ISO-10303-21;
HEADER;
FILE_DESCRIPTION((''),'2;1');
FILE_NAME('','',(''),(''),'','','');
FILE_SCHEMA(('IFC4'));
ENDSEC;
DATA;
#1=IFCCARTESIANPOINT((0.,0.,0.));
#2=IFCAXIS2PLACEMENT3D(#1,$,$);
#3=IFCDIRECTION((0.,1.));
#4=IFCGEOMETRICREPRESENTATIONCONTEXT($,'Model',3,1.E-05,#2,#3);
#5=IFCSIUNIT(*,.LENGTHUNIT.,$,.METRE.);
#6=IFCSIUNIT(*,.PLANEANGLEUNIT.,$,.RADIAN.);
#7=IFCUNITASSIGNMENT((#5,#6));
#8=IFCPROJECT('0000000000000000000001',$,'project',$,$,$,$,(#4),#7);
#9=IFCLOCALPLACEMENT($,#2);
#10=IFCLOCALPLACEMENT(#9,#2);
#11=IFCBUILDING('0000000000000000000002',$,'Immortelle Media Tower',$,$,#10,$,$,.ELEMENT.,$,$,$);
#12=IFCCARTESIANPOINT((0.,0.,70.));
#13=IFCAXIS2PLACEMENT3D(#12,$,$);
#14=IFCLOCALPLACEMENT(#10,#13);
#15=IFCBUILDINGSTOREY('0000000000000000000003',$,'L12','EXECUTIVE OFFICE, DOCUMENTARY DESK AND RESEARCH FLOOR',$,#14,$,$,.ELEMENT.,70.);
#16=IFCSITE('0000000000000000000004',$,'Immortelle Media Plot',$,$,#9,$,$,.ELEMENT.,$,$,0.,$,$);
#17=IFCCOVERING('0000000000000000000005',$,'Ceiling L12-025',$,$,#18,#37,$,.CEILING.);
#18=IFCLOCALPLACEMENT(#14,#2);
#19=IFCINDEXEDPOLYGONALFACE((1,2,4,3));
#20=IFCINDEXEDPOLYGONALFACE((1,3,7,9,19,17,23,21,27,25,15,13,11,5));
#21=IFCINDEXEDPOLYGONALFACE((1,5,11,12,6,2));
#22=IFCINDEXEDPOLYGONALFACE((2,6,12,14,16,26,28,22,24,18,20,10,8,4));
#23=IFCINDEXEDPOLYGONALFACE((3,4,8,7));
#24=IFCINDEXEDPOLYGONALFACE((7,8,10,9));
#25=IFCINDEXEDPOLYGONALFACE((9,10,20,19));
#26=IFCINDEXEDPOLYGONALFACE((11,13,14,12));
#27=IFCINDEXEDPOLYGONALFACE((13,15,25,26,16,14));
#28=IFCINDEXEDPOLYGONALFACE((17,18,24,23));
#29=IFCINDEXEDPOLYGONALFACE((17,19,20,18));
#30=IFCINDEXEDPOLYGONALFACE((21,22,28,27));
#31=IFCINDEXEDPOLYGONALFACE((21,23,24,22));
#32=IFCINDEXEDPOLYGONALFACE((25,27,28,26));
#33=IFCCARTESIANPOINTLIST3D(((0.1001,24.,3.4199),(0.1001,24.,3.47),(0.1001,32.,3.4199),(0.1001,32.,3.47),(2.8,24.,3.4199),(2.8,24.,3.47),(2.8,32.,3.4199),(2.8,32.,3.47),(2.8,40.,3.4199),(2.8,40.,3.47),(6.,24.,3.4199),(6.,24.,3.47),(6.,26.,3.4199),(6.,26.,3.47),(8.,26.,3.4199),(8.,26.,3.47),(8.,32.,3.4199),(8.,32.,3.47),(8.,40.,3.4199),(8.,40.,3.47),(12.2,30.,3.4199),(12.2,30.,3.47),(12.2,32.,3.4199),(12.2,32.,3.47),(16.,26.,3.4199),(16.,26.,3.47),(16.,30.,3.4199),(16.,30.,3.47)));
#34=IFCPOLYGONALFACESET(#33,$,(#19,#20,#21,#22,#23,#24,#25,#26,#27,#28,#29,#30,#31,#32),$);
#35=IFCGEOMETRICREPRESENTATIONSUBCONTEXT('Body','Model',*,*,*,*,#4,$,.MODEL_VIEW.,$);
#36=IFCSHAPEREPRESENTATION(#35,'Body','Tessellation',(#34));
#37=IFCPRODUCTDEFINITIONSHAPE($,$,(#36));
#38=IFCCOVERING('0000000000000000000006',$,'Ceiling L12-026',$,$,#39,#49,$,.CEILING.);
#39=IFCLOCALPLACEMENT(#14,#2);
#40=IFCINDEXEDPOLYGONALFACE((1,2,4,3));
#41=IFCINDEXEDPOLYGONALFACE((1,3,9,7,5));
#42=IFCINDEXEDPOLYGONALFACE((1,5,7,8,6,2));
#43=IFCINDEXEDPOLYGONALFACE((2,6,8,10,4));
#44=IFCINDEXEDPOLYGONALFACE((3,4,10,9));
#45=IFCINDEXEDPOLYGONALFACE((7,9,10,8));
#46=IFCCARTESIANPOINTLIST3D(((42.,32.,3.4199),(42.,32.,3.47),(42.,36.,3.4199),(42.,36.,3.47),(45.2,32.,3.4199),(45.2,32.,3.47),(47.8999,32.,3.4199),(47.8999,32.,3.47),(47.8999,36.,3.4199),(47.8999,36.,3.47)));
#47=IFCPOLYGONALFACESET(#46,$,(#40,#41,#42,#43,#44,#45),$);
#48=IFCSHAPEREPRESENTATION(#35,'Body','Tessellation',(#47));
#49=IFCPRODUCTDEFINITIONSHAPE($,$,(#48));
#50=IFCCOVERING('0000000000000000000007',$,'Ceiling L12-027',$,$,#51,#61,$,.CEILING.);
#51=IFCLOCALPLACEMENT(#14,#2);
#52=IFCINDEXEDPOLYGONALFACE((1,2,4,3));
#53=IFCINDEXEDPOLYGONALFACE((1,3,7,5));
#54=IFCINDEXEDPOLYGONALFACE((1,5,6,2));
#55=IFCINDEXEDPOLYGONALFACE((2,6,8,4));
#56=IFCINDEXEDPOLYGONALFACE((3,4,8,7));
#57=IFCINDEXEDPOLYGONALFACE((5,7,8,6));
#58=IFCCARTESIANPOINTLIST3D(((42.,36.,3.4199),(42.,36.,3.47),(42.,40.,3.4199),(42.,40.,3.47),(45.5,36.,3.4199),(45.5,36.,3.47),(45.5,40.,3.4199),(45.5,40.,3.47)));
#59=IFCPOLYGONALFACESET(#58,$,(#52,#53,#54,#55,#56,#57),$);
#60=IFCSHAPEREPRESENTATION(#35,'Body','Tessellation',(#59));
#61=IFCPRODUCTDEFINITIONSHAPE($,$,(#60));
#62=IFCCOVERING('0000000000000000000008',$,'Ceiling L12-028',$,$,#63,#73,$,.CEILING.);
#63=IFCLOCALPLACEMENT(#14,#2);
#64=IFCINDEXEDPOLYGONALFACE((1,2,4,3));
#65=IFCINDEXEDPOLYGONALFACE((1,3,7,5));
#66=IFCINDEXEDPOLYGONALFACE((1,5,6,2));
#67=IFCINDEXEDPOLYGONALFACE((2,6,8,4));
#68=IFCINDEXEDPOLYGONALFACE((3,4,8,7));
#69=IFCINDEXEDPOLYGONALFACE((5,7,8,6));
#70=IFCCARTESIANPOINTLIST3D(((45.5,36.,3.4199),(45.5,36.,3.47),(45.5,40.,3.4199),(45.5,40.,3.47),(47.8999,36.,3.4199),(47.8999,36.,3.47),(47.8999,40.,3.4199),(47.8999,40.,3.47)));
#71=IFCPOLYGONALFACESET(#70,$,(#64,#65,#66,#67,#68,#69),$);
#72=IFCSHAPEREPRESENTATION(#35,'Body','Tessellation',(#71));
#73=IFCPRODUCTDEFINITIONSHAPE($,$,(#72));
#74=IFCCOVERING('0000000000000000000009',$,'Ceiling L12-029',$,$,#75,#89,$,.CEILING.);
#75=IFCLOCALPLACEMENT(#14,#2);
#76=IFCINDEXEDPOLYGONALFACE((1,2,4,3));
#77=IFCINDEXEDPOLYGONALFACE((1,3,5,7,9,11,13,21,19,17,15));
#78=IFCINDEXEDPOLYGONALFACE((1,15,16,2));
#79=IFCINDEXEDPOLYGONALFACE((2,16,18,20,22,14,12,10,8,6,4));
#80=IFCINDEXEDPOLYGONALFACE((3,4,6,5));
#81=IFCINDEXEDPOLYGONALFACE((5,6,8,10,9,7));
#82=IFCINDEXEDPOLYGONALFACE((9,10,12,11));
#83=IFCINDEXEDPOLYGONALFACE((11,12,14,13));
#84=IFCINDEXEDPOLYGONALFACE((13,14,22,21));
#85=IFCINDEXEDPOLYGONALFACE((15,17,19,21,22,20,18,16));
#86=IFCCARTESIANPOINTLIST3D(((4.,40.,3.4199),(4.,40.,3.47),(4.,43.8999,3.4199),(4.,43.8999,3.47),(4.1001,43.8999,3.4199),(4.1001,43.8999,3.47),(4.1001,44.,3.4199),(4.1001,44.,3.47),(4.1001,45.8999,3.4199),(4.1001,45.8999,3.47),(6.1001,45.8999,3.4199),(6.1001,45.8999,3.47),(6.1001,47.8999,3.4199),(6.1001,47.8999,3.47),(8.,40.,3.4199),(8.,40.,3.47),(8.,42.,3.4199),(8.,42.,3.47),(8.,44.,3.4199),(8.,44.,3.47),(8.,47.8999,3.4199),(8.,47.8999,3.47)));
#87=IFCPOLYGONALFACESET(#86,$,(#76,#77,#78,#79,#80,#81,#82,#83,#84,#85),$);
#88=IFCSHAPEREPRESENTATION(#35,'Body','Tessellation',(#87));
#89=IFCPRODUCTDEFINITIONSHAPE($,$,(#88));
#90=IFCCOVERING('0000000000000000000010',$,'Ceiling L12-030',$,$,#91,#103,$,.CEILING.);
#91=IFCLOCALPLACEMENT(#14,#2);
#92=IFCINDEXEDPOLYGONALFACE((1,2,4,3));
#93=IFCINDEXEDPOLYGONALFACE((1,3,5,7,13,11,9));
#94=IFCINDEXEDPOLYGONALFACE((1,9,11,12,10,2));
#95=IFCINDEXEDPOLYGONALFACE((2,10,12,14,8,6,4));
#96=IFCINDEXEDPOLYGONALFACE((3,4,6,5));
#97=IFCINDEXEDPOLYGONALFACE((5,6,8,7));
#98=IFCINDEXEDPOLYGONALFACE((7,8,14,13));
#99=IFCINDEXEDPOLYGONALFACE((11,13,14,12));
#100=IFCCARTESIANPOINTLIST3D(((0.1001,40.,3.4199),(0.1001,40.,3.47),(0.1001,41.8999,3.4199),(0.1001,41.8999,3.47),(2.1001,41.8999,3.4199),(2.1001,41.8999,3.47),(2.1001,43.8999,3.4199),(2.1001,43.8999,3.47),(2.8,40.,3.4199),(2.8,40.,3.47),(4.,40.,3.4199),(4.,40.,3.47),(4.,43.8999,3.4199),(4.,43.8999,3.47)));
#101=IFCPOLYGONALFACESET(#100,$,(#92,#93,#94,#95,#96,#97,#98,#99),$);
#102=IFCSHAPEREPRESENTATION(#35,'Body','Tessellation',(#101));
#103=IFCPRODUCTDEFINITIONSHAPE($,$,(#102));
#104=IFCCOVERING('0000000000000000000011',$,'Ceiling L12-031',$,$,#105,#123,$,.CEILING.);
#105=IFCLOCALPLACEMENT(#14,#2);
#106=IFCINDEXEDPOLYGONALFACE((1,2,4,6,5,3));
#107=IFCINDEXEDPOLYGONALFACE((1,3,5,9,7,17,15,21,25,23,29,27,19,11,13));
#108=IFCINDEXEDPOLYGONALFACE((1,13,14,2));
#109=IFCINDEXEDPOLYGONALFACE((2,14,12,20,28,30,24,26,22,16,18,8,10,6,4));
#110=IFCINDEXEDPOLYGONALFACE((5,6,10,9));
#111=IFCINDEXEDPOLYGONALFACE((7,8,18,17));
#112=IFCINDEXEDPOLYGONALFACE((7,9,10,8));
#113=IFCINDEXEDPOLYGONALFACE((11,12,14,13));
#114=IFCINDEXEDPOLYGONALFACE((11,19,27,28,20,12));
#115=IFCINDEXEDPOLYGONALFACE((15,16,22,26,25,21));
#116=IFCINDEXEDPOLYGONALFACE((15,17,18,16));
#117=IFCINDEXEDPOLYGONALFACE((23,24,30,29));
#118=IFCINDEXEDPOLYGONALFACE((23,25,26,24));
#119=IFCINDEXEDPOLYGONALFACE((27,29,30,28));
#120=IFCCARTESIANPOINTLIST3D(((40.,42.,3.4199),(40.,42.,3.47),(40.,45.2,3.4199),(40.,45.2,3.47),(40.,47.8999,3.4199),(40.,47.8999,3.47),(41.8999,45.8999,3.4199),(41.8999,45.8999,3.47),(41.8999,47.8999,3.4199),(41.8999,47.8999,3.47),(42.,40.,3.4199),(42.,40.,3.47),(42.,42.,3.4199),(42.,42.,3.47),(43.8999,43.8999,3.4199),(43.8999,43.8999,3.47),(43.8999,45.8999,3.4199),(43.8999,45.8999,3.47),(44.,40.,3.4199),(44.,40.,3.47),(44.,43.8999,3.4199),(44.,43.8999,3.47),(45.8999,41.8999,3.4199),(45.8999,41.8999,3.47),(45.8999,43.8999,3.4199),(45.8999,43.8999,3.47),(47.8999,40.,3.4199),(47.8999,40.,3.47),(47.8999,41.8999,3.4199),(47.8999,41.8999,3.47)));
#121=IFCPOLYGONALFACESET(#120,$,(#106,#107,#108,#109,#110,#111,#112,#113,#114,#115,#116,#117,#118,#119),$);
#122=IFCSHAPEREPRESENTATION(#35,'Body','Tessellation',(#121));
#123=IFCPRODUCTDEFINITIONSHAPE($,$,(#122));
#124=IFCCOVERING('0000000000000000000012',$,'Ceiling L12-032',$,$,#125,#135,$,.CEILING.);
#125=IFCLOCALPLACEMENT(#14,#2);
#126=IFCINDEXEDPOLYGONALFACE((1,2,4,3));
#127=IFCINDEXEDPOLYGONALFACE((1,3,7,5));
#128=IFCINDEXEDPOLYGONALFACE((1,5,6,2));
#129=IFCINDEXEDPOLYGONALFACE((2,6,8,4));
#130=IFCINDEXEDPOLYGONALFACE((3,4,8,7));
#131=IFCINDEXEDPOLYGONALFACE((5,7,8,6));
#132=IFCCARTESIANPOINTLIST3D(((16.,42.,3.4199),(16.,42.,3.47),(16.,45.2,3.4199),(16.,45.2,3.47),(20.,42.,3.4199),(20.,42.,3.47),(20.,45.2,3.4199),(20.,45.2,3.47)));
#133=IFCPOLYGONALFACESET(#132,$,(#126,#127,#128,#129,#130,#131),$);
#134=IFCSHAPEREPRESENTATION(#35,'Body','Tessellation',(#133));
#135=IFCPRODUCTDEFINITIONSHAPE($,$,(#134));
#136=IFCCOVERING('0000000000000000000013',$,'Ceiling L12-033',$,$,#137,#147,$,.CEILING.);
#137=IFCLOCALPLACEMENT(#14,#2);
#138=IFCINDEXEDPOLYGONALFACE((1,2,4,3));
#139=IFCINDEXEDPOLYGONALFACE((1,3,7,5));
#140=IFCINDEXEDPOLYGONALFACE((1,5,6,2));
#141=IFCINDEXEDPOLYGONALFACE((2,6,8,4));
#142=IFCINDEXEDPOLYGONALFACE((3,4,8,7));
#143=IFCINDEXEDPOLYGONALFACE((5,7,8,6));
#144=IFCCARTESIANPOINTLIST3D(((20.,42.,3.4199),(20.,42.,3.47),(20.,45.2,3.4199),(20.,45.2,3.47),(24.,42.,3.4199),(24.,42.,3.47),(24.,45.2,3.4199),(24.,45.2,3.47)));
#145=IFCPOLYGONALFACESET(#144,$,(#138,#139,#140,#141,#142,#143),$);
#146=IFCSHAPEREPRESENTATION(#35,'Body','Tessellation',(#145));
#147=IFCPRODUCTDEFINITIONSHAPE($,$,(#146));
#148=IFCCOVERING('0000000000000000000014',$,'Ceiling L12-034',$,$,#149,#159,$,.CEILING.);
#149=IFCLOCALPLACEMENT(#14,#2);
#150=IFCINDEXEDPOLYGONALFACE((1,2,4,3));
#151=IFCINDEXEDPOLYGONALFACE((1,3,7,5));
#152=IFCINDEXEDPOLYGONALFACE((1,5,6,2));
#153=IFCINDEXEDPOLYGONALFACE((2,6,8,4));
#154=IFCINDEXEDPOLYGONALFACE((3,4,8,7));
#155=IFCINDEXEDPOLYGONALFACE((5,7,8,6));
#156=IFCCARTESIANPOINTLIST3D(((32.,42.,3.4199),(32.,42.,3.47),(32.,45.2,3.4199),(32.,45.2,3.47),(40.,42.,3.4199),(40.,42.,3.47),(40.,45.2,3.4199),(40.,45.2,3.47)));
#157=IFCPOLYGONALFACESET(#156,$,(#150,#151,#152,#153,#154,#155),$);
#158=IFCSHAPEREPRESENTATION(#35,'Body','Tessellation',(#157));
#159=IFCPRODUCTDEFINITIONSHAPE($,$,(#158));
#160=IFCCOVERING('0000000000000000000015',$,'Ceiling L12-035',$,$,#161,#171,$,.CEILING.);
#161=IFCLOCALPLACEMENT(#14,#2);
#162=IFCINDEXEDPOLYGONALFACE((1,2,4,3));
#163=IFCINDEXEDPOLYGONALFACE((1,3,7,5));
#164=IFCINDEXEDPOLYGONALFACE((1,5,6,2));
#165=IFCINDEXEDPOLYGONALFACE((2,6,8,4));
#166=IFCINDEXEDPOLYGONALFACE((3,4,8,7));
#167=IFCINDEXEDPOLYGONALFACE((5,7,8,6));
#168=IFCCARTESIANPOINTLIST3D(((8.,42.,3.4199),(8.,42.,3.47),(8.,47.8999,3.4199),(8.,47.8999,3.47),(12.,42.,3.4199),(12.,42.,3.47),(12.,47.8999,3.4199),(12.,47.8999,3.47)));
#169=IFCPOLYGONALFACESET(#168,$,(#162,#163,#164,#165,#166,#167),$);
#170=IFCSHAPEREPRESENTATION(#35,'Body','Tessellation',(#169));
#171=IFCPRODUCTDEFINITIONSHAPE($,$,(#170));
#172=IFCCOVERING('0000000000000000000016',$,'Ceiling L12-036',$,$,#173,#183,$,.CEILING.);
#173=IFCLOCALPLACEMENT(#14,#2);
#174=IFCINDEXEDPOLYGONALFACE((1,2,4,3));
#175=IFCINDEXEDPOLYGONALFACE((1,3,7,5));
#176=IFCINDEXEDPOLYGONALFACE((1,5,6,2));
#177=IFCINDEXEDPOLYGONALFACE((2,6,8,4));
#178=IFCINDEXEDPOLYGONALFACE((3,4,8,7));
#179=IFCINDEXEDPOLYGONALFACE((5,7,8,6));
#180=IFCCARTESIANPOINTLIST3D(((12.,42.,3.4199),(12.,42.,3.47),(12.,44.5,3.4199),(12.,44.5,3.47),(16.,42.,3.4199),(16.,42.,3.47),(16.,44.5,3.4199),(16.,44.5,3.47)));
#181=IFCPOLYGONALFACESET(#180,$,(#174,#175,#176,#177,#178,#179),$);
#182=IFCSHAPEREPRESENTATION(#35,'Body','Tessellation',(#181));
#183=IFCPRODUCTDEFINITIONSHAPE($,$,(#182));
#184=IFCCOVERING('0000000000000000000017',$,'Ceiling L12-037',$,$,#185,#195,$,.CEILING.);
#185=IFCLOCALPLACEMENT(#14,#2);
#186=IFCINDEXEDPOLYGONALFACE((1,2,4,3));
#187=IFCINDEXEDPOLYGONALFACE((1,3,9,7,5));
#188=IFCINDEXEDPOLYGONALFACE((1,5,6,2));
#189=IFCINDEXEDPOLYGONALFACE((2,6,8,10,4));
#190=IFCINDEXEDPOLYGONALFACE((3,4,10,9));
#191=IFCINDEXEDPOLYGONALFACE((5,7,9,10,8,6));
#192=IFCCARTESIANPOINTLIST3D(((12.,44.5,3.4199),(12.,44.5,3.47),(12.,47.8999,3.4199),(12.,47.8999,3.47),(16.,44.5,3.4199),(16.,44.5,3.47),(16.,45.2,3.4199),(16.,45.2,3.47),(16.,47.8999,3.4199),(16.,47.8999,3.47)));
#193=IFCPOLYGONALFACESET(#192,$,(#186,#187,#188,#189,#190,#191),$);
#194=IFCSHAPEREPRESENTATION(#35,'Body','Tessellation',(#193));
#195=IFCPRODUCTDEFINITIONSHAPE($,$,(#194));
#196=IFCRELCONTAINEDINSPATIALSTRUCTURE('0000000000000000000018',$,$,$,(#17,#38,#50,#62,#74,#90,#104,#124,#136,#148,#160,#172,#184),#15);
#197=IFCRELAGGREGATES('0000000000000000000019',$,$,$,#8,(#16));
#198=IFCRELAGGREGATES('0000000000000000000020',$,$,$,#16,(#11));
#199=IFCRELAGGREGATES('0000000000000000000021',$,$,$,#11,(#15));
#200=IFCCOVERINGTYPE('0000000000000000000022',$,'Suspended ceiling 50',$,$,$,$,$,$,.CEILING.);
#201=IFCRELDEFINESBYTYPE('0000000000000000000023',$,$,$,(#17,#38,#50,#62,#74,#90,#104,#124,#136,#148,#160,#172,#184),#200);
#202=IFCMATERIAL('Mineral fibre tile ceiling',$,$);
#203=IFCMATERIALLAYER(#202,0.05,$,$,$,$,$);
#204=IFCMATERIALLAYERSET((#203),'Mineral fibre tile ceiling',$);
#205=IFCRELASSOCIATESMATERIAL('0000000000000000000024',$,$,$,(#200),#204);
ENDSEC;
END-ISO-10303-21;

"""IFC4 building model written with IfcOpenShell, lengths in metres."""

from ifc_helpers import new_model, si_unit, direction, frame, origin, place, context, subcontext, project, spatial, polyline, outline, extrude, material, layer, layer_set, type_object, element, save


model = new_model("IFC4")

# Units and contexts
model_context = context("Model", 3, precision=1e-05, world=origin(), true_north=direction((0.0, 1.0)))
body_context = subcontext(model_context, "Body", "Model", "MODEL_VIEW")
ifc_project = project(units=[si_unit("LENGTHUNIT", "METRE"), si_unit("PLANEANGLEUNIT", "RADIAN")], contexts=[model_context])

# Site, building, storey
site_placement = place(None, origin())
site = spatial("IfcSite", under=ifc_project, at=site_placement, Name="Immortelle Media Plot", CompositionType="ELEMENT", RefElevation=0.0)
building_placement = place(site_placement, origin())
building = spatial("IfcBuilding", under=site, at=building_placement, Name="Immortelle Media Tower", CompositionType="ELEMENT")
storey_placement = place(building_placement, frame((0.0, 0.0, 70.0)))
storey = spatial("IfcBuildingStorey", under=building, at=storey_placement, Name="L12", Description="EXECUTIVE OFFICE, DOCUMENTARY DESK AND RESEARCH FLOOR", CompositionType="ELEMENT", Elevation=70.0)

# Coverings
ifc_material_1 = material(Name="Mineral fibre tile ceiling")
ifc_layer = layer(ifc_material_1, 0.05)
ifc_layer_set = layer_set([ifc_layer], Name="Mineral fibre tile ceiling")
covering_type = type_object("IfcCoveringType", Name="Suspended ceiling 50", PredefinedType="CEILING", material=ifc_layer_set)
covering_1_placement = place(storey_placement, frame((0.0, 0.0, 3.4199)))
element("IfcCovering", 1, at=covering_1_placement, inside=storey, type_object=covering_type, Name="Ceiling L12-025", PredefinedType="CEILING", context=body_context, shape_type="SweptSolid", body=[
    extrude(outline(polyline([(12.2, 32.0), (12.2, 30.0), (16.0, 30.0), (16.0, 26.0), (8.0, 26.0), (6.0, 26.0), (6.0, 24.0), (2.8, 24.0), (0.1001, 24.0), (0.1001, 32.0), (2.8, 32.0), (2.8, 40.0), (8.0, 40.0), (8.0, 32.0), (12.2, 32.0)])), origin(), (0.0, 0.0, 1.0), 0.05),
])
covering_2_placement = place(storey_placement, frame((0.0, 0.0, 3.4199)))
element("IfcCovering", 2, at=covering_2_placement, inside=storey, type_object=covering_type, Name="Ceiling L12-026", PredefinedType="CEILING", context=body_context, shape_type="SweptSolid", body=[
    extrude(outline(polyline([(42.0, 32.0), (42.0, 36.0), (47.8999, 36.0), (47.8999, 32.0), (45.2, 32.0), (42.0, 32.0)])), origin(), (0.0, 0.0, 1.0), 0.05),
])
covering_3_placement = place(storey_placement, frame((0.0, 0.0, 3.4199)))
element("IfcCovering", 3, at=covering_3_placement, inside=storey, type_object=covering_type, Name="Ceiling L12-027", PredefinedType="CEILING", context=body_context, shape_type="SweptSolid", body=[
    extrude(outline(polyline([(45.5, 40.0), (45.5, 36.0), (42.0, 36.0), (42.0, 40.0), (45.5, 40.0)])), origin(), (0.0, 0.0, 1.0), 0.05),
])
covering_4_placement = place(storey_placement, frame((0.0, 0.0, 3.4199)))
element("IfcCovering", 4, at=covering_4_placement, inside=storey, type_object=covering_type, Name="Ceiling L12-028", PredefinedType="CEILING", context=body_context, shape_type="SweptSolid", body=[
    extrude(outline(polyline([(47.8999, 40.0), (47.8999, 36.0), (45.5, 36.0), (45.5, 40.0), (47.8999, 40.0)])), origin(), (0.0, 0.0, 1.0), 0.05),
])
covering_5_placement = place(storey_placement, frame((0.0, 0.0, 3.4199)))
element("IfcCovering", 5, at=covering_5_placement, inside=storey, type_object=covering_type, Name="Ceiling L12-029", PredefinedType="CEILING", context=body_context, shape_type="SweptSolid", body=[
    extrude(outline(polyline([(4.1001, 43.8999), (4.1001, 44.0), (4.1001, 45.8999), (6.1001, 45.8999), (6.1001, 47.8999), (8.0, 47.8999), (8.0, 44.0), (8.0, 42.0), (8.0, 40.0), (4.0, 40.0), (4.0, 43.8999), (4.1001, 43.8999)])), origin(), (0.0, 0.0, 1.0), 0.05),
])
covering_6_placement = place(storey_placement, frame((0.0, 0.0, 3.4199)))
element("IfcCovering", 6, at=covering_6_placement, inside=storey, type_object=covering_type, Name="Ceiling L12-030", PredefinedType="CEILING", context=body_context, shape_type="SweptSolid", body=[
    extrude(outline(polyline([(2.1001, 41.8999), (2.1001, 43.8999), (4.0, 43.8999), (4.0, 40.0), (2.8, 40.0), (0.1001, 40.0), (0.1001, 41.8999), (2.1001, 41.8999)])), origin(), (0.0, 0.0, 1.0), 0.05),
])
covering_7_placement = place(storey_placement, frame((0.0, 0.0, 3.4199)))
element("IfcCovering", 7, at=covering_7_placement, inside=storey, type_object=covering_type, Name="Ceiling L12-031", PredefinedType="CEILING", context=body_context, shape_type="SweptSolid", body=[
    extrude(outline(polyline([(45.8999, 41.8999), (47.8999, 41.8999), (47.8999, 40.0), (44.0, 40.0), (42.0, 40.0), (42.0, 42.0), (40.0, 42.0), (40.0, 45.2), (40.0, 47.8999), (41.8999, 47.8999), (41.8999, 45.8999), (43.8999, 45.8999), (43.8999, 43.8999), (44.0, 43.8999), (45.8999, 43.8999), (45.8999, 41.8999)])), origin(), (0.0, 0.0, 1.0), 0.05),
])
covering_8_placement = place(storey_placement, frame((0.0, 0.0, 3.4199)))
element("IfcCovering", 8, at=covering_8_placement, inside=storey, type_object=covering_type, Name="Ceiling L12-032", PredefinedType="CEILING", context=body_context, shape_type="SweptSolid", body=[
    extrude(outline(polyline([(16.0, 45.2), (20.0, 45.2), (20.0, 42.0), (16.0, 42.0), (16.0, 45.2)])), origin(), (0.0, 0.0, 1.0), 0.05),
])
covering_9_placement = place(storey_placement, frame((0.0, 0.0, 3.4199)))
element("IfcCovering", 9, at=covering_9_placement, inside=storey, type_object=covering_type, Name="Ceiling L12-033", PredefinedType="CEILING", context=body_context, shape_type="SweptSolid", body=[
    extrude(outline(polyline([(24.0, 45.2), (24.0, 42.0), (20.0, 42.0), (20.0, 45.2), (24.0, 45.2)])), origin(), (0.0, 0.0, 1.0), 0.05),
])
covering_10_placement = place(storey_placement, frame((0.0, 0.0, 3.4199)))
element("IfcCovering", 10, at=covering_10_placement, inside=storey, type_object=covering_type, Name="Ceiling L12-034", PredefinedType="CEILING", context=body_context, shape_type="SweptSolid", body=[
    extrude(outline(polyline([(32.0, 42.0), (32.0, 45.2), (40.0, 45.2), (40.0, 42.0), (32.0, 42.0)])), origin(), (0.0, 0.0, 1.0), 0.05),
])
covering_11_placement = place(storey_placement, frame((0.0, 0.0, 3.4199)))
element("IfcCovering", 11, at=covering_11_placement, inside=storey, type_object=covering_type, Name="Ceiling L12-035", PredefinedType="CEILING", context=body_context, shape_type="SweptSolid", body=[
    extrude(outline(polyline([(8.0, 47.8999), (12.0, 47.8999), (12.0, 42.0), (8.0, 42.0), (8.0, 47.8999)])), origin(), (0.0, 0.0, 1.0), 0.05),
])
covering_12_placement = place(storey_placement, frame((0.0, 0.0, 3.4199)))
element("IfcCovering", 12, at=covering_12_placement, inside=storey, type_object=covering_type, Name="Ceiling L12-036", PredefinedType="CEILING", context=body_context, shape_type="SweptSolid", body=[
    extrude(outline(polyline([(16.0, 42.0), (12.0, 42.0), (12.0, 44.5), (16.0, 44.5), (16.0, 42.0)])), origin(), (0.0, 0.0, 1.0), 0.05),
])
covering_13_placement = place(storey_placement, frame((0.0, 0.0, 3.4199)))
element("IfcCovering", 13, at=covering_13_placement, inside=storey, type_object=covering_type, Name="Ceiling L12-037", PredefinedType="CEILING", context=body_context, shape_type="SweptSolid", body=[
    extrude(outline(polyline([(16.0, 45.2), (16.0, 44.5), (12.0, 44.5), (12.0, 47.8999), (16.0, 47.8999), (16.0, 45.2)])), origin(), (0.0, 0.0, 1.0), 0.05),
])

save(model, "model.ifc")
